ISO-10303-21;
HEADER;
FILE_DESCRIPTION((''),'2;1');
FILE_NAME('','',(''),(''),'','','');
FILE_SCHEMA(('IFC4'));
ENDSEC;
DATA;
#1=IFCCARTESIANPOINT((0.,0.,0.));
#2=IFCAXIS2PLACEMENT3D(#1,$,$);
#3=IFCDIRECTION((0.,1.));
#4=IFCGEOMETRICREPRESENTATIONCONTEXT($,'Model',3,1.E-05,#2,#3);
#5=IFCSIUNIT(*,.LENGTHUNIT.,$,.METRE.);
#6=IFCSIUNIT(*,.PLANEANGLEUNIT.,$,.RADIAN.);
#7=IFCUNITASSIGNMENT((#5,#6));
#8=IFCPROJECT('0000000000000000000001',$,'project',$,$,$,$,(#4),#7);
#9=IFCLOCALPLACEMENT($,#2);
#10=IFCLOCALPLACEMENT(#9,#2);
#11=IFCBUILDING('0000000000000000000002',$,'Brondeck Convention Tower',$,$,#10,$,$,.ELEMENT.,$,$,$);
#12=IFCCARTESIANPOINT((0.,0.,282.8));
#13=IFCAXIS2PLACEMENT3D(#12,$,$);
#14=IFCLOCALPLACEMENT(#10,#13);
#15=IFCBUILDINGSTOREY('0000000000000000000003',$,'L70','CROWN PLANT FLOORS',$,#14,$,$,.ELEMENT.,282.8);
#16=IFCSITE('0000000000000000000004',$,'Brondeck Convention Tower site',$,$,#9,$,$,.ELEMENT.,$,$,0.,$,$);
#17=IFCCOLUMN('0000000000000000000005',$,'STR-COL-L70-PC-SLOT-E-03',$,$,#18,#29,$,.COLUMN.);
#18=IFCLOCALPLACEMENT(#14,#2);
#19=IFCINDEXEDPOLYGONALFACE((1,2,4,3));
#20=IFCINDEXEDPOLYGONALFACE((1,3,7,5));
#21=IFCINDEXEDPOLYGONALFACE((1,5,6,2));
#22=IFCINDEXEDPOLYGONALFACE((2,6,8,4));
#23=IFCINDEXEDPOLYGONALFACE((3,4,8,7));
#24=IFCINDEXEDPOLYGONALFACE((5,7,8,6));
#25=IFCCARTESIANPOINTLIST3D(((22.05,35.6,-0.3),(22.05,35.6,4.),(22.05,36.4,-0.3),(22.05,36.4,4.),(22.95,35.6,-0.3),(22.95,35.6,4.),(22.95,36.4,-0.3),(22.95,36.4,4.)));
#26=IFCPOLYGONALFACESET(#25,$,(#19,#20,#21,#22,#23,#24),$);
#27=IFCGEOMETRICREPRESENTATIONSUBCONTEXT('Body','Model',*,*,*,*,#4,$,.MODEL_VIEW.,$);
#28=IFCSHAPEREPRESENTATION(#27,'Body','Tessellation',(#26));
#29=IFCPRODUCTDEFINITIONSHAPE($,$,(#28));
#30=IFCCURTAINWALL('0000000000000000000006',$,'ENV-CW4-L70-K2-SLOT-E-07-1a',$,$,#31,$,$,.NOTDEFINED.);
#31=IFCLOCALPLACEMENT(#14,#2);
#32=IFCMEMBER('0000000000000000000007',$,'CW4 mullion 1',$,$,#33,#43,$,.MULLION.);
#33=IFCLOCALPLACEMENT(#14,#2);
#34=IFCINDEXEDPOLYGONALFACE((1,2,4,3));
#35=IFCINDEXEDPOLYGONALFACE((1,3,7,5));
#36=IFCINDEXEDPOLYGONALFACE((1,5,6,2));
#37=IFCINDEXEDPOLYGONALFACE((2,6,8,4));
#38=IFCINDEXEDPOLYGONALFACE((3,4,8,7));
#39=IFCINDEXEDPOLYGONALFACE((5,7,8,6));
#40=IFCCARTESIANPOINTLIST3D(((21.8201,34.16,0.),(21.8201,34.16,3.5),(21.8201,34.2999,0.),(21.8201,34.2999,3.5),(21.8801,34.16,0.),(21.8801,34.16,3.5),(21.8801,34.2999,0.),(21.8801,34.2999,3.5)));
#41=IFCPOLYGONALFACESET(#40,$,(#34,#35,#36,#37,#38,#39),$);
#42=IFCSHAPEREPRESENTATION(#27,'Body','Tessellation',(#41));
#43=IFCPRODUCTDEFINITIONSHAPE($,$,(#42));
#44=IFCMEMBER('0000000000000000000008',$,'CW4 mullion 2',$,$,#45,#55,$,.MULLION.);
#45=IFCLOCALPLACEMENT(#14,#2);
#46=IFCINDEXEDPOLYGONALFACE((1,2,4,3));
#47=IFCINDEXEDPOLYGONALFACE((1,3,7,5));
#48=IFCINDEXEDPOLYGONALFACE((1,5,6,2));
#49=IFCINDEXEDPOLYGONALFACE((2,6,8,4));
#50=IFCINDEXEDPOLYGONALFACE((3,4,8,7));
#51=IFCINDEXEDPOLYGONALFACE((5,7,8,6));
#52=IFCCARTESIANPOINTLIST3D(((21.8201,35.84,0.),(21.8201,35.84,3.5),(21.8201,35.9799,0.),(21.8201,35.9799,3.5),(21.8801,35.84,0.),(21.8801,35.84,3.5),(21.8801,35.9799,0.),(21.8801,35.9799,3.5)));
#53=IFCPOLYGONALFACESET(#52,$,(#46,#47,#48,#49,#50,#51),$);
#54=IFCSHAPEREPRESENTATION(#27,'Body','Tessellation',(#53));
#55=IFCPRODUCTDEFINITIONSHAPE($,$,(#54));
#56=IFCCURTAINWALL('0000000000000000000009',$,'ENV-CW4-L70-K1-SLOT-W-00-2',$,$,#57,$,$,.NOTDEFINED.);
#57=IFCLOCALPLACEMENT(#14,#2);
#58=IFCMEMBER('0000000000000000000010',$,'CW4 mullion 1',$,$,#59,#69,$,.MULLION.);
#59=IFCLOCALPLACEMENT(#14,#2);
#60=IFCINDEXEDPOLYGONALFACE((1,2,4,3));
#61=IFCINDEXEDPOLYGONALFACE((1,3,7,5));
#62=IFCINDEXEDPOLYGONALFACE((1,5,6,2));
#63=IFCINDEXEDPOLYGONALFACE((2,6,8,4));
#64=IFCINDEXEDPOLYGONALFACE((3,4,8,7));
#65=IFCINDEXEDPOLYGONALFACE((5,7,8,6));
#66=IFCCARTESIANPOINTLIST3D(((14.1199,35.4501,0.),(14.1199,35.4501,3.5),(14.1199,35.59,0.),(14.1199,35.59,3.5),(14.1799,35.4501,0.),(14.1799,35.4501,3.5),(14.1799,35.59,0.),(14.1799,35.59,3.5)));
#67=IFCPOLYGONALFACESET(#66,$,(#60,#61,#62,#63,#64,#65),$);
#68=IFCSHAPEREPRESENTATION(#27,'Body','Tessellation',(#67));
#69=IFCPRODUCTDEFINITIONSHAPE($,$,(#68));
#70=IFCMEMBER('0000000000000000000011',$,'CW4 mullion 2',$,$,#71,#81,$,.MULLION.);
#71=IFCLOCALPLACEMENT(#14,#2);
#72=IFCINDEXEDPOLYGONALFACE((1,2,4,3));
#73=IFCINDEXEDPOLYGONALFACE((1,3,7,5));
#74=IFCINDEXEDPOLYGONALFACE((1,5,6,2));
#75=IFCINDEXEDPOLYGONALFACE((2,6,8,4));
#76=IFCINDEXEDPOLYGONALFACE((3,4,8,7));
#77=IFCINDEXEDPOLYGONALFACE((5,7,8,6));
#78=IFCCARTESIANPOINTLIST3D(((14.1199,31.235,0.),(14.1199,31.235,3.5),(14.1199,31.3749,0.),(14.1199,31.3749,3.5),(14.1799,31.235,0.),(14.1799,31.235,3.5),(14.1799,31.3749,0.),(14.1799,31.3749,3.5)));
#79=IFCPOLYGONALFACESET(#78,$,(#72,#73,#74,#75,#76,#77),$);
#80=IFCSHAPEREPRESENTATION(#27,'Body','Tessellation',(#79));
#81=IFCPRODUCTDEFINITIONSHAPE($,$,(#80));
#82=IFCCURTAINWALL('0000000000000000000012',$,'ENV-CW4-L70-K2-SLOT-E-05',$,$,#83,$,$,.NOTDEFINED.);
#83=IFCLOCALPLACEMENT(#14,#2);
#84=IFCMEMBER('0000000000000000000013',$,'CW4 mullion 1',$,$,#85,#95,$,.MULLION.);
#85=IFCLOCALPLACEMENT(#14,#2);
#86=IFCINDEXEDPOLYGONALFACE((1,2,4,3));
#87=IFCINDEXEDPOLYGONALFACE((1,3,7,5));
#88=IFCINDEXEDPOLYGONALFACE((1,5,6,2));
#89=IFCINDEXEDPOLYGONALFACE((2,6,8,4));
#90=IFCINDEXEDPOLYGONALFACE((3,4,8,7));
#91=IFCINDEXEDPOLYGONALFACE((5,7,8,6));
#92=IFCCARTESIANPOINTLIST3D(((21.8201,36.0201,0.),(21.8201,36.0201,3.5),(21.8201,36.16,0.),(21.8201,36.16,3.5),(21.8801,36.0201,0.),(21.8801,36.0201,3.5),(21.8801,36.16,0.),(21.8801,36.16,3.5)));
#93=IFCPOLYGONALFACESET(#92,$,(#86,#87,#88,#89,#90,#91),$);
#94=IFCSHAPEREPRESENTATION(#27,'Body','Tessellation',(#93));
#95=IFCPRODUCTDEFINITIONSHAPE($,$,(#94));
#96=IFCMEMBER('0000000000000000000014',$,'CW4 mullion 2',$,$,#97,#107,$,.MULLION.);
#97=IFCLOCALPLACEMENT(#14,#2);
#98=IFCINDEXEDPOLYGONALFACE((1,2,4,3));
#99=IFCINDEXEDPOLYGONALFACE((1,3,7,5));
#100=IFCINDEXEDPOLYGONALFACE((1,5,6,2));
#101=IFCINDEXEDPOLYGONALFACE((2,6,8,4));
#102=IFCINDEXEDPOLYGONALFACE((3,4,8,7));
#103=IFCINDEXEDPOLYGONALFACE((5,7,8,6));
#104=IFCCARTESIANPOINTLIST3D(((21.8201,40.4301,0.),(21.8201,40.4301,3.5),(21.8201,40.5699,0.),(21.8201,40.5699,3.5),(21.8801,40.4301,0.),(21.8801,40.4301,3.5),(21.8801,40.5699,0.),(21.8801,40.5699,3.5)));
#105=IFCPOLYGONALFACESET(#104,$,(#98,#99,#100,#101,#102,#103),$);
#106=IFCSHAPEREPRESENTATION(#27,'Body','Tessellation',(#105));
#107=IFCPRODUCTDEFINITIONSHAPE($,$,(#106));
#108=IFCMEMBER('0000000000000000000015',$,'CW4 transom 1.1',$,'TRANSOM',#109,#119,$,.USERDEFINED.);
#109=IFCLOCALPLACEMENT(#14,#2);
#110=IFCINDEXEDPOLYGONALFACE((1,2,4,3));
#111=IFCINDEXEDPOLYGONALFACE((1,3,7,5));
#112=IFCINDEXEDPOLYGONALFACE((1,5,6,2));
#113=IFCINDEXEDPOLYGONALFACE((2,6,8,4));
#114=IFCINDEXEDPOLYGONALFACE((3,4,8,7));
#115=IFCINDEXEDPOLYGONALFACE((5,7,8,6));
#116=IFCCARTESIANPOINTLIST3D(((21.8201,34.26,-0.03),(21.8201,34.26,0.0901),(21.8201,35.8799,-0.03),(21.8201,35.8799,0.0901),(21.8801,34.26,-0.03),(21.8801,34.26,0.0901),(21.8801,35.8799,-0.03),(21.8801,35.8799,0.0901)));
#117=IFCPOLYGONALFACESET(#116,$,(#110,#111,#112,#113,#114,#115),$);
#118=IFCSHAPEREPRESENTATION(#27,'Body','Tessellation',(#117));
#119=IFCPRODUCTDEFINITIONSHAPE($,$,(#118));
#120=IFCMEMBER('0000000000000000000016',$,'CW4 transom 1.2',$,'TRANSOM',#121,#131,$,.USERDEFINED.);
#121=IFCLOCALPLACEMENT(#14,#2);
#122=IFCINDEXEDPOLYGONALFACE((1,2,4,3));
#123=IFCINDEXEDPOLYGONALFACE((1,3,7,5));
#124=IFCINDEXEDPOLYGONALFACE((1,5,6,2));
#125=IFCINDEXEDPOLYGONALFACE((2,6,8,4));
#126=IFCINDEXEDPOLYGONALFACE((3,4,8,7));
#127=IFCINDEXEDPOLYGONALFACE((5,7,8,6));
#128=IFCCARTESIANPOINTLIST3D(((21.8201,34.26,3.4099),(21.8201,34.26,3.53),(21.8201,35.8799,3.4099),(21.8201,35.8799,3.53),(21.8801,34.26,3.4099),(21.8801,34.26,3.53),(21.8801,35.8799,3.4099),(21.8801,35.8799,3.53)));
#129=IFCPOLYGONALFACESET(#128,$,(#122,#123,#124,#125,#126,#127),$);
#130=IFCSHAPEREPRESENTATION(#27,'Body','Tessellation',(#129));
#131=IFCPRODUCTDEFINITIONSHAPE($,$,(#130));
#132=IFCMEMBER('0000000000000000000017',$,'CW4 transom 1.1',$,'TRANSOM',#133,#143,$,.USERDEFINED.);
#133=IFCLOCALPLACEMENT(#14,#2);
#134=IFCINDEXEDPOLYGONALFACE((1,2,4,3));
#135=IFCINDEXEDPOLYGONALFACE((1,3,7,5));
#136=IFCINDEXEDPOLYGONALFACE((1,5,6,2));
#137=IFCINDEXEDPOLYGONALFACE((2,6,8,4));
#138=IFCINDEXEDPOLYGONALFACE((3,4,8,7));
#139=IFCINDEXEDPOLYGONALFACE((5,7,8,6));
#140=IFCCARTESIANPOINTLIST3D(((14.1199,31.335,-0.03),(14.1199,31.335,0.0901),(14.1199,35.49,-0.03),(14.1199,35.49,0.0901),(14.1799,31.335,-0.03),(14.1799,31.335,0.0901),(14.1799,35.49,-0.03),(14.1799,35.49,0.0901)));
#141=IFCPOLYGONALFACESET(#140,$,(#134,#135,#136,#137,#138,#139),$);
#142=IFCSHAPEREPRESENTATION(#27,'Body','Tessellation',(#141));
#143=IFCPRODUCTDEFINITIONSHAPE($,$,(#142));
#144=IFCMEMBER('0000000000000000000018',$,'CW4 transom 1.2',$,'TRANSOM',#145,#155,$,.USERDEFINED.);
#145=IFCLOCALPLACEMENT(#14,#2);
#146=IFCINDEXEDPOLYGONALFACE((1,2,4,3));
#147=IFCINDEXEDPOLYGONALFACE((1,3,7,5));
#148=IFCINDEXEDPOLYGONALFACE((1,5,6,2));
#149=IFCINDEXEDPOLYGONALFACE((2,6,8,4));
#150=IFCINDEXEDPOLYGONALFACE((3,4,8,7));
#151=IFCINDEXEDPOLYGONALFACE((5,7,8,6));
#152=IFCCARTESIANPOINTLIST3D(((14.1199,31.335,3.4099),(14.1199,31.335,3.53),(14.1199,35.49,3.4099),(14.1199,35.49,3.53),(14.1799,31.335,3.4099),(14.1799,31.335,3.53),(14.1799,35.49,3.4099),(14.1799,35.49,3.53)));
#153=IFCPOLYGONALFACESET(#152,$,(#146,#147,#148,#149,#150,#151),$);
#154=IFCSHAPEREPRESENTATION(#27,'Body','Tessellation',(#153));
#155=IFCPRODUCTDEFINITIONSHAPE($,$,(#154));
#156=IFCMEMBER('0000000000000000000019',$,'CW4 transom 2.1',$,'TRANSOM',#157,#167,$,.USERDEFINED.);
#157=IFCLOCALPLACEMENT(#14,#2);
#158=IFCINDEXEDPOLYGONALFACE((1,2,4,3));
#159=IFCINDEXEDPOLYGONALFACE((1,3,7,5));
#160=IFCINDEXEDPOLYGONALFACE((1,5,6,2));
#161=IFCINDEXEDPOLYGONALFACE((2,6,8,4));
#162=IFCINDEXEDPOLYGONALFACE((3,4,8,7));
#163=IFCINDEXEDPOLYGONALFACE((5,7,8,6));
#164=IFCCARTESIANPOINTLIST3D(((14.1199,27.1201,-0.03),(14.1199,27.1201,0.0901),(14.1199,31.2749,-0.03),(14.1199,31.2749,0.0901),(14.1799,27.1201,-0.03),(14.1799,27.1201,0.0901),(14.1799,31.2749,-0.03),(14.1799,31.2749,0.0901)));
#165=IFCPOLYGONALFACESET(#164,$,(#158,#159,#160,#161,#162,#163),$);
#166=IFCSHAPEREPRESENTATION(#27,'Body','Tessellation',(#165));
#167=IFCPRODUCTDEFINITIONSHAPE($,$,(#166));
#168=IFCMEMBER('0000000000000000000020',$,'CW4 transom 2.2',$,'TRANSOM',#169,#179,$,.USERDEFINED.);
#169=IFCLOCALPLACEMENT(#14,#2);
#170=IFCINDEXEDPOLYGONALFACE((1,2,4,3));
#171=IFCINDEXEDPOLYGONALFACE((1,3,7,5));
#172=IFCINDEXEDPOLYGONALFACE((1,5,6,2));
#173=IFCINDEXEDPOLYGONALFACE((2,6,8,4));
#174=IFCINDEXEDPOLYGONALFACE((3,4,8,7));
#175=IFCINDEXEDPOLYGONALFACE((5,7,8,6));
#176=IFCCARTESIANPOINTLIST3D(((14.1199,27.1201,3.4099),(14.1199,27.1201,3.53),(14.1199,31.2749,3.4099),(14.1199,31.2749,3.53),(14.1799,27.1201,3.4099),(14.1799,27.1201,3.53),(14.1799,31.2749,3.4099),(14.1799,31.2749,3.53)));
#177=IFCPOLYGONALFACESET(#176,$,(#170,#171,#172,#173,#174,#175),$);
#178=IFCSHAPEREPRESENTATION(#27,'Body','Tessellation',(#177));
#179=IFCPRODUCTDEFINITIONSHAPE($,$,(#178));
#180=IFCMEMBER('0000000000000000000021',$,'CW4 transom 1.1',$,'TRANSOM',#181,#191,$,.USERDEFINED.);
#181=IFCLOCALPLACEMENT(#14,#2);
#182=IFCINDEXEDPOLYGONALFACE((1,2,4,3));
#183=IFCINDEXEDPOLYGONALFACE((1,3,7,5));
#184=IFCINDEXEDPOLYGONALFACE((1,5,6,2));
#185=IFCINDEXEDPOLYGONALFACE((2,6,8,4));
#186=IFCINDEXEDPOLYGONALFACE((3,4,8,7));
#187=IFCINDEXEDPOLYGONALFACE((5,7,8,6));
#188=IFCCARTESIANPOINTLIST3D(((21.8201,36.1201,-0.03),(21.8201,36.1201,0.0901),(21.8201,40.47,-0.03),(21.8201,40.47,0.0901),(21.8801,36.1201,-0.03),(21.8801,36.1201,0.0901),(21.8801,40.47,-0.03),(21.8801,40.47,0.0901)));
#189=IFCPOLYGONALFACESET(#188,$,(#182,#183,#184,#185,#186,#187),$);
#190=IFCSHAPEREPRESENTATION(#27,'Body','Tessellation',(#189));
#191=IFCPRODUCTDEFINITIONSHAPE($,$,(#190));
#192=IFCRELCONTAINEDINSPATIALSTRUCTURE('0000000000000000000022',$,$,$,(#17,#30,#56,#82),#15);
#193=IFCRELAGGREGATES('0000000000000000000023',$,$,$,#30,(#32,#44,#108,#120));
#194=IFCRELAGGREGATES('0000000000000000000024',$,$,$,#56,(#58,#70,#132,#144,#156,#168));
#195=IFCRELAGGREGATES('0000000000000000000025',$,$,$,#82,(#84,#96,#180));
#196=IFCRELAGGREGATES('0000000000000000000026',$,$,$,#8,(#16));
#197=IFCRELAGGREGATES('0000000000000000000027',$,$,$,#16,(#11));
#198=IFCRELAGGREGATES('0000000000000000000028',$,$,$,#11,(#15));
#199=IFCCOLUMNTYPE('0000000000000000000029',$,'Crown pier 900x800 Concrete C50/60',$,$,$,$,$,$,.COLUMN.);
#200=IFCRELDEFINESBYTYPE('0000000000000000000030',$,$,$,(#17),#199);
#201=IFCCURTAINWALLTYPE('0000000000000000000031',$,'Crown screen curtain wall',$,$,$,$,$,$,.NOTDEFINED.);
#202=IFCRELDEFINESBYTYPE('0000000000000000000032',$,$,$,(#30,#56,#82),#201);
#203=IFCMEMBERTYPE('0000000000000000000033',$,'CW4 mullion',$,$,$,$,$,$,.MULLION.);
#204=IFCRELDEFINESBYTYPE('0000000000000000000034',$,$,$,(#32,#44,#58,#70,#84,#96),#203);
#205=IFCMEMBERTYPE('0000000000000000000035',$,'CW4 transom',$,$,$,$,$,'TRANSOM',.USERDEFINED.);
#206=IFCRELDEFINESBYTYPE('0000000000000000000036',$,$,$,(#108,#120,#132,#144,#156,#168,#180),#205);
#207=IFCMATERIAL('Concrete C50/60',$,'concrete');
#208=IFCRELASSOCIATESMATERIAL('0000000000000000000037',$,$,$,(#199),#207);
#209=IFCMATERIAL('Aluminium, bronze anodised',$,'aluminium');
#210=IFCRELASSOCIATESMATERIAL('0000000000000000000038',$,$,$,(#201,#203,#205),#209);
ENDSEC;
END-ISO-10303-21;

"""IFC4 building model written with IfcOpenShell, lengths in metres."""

from ifc_helpers import new_model, si_unit, direction, frame, origin, origin_2d, place, context, subcontext, project, spatial, rectangle, extrude, material, material_profile, profile_set, type_object, element, aggregate, save


model = new_model("IFC4")

# Units and contexts
model_context = context("Model", 3, precision=1e-05, world=origin(), true_north=direction((0.0, 1.0)))
body_context = subcontext(model_context, "Body", "Model", "MODEL_VIEW")
ifc_project = project(units=[si_unit("LENGTHUNIT", "METRE"), si_unit("PLANEANGLEUNIT", "RADIAN")], contexts=[model_context])

# Site, building, storey
site_placement = place(None, origin())
site = spatial("IfcSite", under=ifc_project, at=site_placement, Name="Brondeck Convention Tower site", CompositionType="ELEMENT", RefElevation=0.0)
building_placement = place(site_placement, origin())
building = spatial("IfcBuilding", under=site, at=building_placement, Name="Brondeck Convention Tower", CompositionType="ELEMENT")
storey_placement = place(building_placement, frame((0.0, 0.0, 282.8)))
storey = spatial("IfcBuildingStorey", under=building, at=storey_placement, Name="L70", Description="CROWN PLANT FLOORS", CompositionType="ELEMENT", Elevation=282.8)

# Column
ifc_material_1 = material(Name="Concrete C50/60", Category="concrete")
ifc_material_profile_1 = material_profile(ifc_material_1, rectangle(XDim=0.8999, YDim=0.8, at=origin_2d()), Name="Crown pier 900x800 Concrete C50/60")
ifc_profile_set_1 = profile_set([ifc_material_profile_1], Name="Concrete C50/60")
column_type = type_object("IfcColumnType", Name="Crown pier 900x800 Concrete C50/60", PredefinedType="COLUMN", material=ifc_profile_set_1)
column_placement = place(storey_placement, frame((22.5, 36.0, -0.3), z_axis=(0.0, 0.0, 1.0), x_axis=(1.0, 0.0, 0.0)))
element("IfcColumn", 1, at=column_placement, inside=storey, type_object=column_type, Name="STR-COL-L70-PC-SLOT-E-03", PredefinedType="COLUMN", context=body_context, shape_type="SweptSolid", body=[
    extrude(rectangle(XDim=0.8999, YDim=0.8, at=origin_2d()), origin(), (0.0, 0.0, 1.0), 4.3),
])

# Curtain walls, members
ifc_material_2 = material(Name="Aluminium, bronze anodised", Category="aluminium")
curtain_wall_type = type_object("IfcCurtainWallType", Name="Crown screen curtain wall", PredefinedType="NOTDEFINED", material=ifc_material_2)
curtain_wall_1_placement = place(storey_placement, origin())
curtain_wall_1 = element("IfcCurtainWall", 2, at=curtain_wall_1_placement, inside=storey, type_object=curtain_wall_type, Name="ENV-CW4-L70-K2-SLOT-E-07-1a", PredefinedType="NOTDEFINED")
ifc_material_profile_2 = material_profile(ifc_material_2, rectangle(XDim=0.0601, YDim=0.1399, at=origin_2d()), Name="CW4 mullion")
ifc_profile_set_2 = profile_set([ifc_material_profile_2], Name="Aluminium, bronze anodised")
member_type_1 = type_object("IfcMemberType", Name="CW4 mullion", PredefinedType="MULLION", material=ifc_profile_set_2)
member_1_placement = place(storey_placement, frame((21.8501, 34.23, 0.0), z_axis=(0.0, 0.0, 1.0), x_axis=(-1.0, 0.0, 0.0)))
member_1 = element("IfcMember", 3, at=member_1_placement, type_object=member_type_1, Name="CW4 mullion 1", PredefinedType="MULLION", context=body_context, shape_type="SweptSolid", body=[
    extrude(rectangle(XDim=0.0601, YDim=0.1399, at=origin_2d()), origin(), (0.0, 0.0, 1.0), 3.5),
])
member_2_placement = place(storey_placement, frame((21.8501, 35.9099, 0.0), z_axis=(0.0, 0.0, 1.0), x_axis=(-1.0, 0.0, 0.0)))
member_2 = element("IfcMember", 4, at=member_2_placement, type_object=member_type_1, Name="CW4 mullion 2", PredefinedType="MULLION", context=body_context, shape_type="SweptSolid", body=[
    extrude(rectangle(XDim=0.0601, YDim=0.1399, at=origin_2d()), origin(), (0.0, 0.0, 1.0), 3.5),
])
curtain_wall_2_placement = place(storey_placement, origin())
curtain_wall_2 = element("IfcCurtainWall", 5, at=curtain_wall_2_placement, inside=storey, type_object=curtain_wall_type, Name="ENV-CW4-L70-K1-SLOT-W-00-2", PredefinedType="NOTDEFINED")
member_3_placement = place(storey_placement, frame((14.1499, 35.52, 0.0), z_axis=(0.0, 0.0, 1.0), x_axis=(1.0, 0.0, 0.0)))
member_3 = element("IfcMember", 6, at=member_3_placement, type_object=member_type_1, Name="CW4 mullion 1", PredefinedType="MULLION", context=body_context, shape_type="SweptSolid", body=[
    extrude(rectangle(XDim=0.0601, YDim=0.1399, at=origin_2d()), origin(), (0.0, 0.0, 1.0), 3.5),
])
member_4_placement = place(storey_placement, frame((14.1499, 31.3049, 0.0), z_axis=(0.0, 0.0, 1.0), x_axis=(1.0, 0.0, 0.0)))
member_4 = element("IfcMember", 7, at=member_4_placement, type_object=member_type_1, Name="CW4 mullion 2", PredefinedType="MULLION", context=body_context, shape_type="SweptSolid", body=[
    extrude(rectangle(XDim=0.0601, YDim=0.1399, at=origin_2d()), origin(), (0.0, 0.0, 1.0), 3.5),
])
curtain_wall_3_placement = place(storey_placement, origin())
curtain_wall_3 = element("IfcCurtainWall", 8, at=curtain_wall_3_placement, inside=storey, type_object=curtain_wall_type, Name="ENV-CW4-L70-K2-SLOT-E-05", PredefinedType="NOTDEFINED")
member_5_placement = place(storey_placement, frame((21.8501, 36.0901, 0.0), z_axis=(0.0, 0.0, 1.0), x_axis=(-1.0, 0.0, 0.0)))
member_5 = element("IfcMember", 9, at=member_5_placement, type_object=member_type_1, Name="CW4 mullion 1", PredefinedType="MULLION", context=body_context, shape_type="SweptSolid", body=[
    extrude(rectangle(XDim=0.0601, YDim=0.1399, at=origin_2d()), origin(), (0.0, 0.0, 1.0), 3.5),
])
member_6_placement = place(storey_placement, frame((21.8501, 40.5, 0.0), z_axis=(0.0, 0.0, 1.0), x_axis=(-1.0, 0.0, 0.0)))
member_6 = element("IfcMember", 10, at=member_6_placement, type_object=member_type_1, Name="CW4 mullion 2", PredefinedType="MULLION", context=body_context, shape_type="SweptSolid", body=[
    extrude(rectangle(XDim=0.0601, YDim=0.1399, at=origin_2d()), origin(), (0.0, 0.0, 1.0), 3.5),
])

# Members
ifc_material_profile_3 = material_profile(ifc_material_2, rectangle(XDim=0.0601, YDim=0.1201, at=origin_2d()), Name="CW4 transom")
ifc_profile_set_3 = profile_set([ifc_material_profile_3], Name="Aluminium, bronze anodised")
member_type_2 = type_object("IfcMemberType", Name="CW4 transom", ElementType="TRANSOM", PredefinedType="USERDEFINED", material=ifc_profile_set_3)
member_7_placement = place(storey_placement, frame((21.8501, 34.26, 0.03), z_axis=(0.0, 1.0, 0.0), x_axis=(-1.0, 0.0, 0.0)))
member_7 = element("IfcMember", 11, at=member_7_placement, type_object=member_type_2, Name="CW4 transom 1.1", ObjectType="TRANSOM", PredefinedType="USERDEFINED", context=body_context, shape_type="SweptSolid", body=[
    extrude(rectangle(XDim=0.0601, YDim=0.1201, at=origin_2d()), origin(), (0.0, 0.0, 1.0), 1.6199),
])
member_8_placement = place(storey_placement, frame((21.8501, 34.26, 3.47), z_axis=(0.0, 1.0, 0.0), x_axis=(-1.0, 0.0, 0.0)))
member_8 = element("IfcMember", 12, at=member_8_placement, type_object=member_type_2, Name="CW4 transom 1.2", ObjectType="TRANSOM", PredefinedType="USERDEFINED", context=body_context, shape_type="SweptSolid", body=[
    extrude(rectangle(XDim=0.0601, YDim=0.1201, at=origin_2d()), origin(), (0.0, 0.0, 1.0), 1.6199),
])
member_9_placement = place(storey_placement, frame((14.1499, 35.49, 0.03), z_axis=(0.0, -1.0, 0.0), x_axis=(1.0, 0.0, 0.0)))
member_9 = element("IfcMember", 13, at=member_9_placement, type_object=member_type_2, Name="CW4 transom 1.1", ObjectType="TRANSOM", PredefinedType="USERDEFINED", context=body_context, shape_type="SweptSolid", body=[
    extrude(rectangle(XDim=0.0601, YDim=0.1201, at=origin_2d()), origin(), (0.0, 0.0, 1.0), 4.155),
])
member_10_placement = place(storey_placement, frame((14.1499, 35.49, 3.47), z_axis=(0.0, -1.0, 0.0), x_axis=(1.0, 0.0, 0.0)))
member_10 = element("IfcMember", 14, at=member_10_placement, type_object=member_type_2, Name="CW4 transom 1.2", ObjectType="TRANSOM", PredefinedType="USERDEFINED", context=body_context, shape_type="SweptSolid", body=[
    extrude(rectangle(XDim=0.0601, YDim=0.1201, at=origin_2d()), origin(), (0.0, 0.0, 1.0), 4.155),
])
member_11_placement = place(storey_placement, frame((14.1499, 31.2749, 0.03), z_axis=(0.0, -1.0, 0.0), x_axis=(1.0, 0.0, 0.0)))
member_11 = element("IfcMember", 15, at=member_11_placement, type_object=member_type_2, Name="CW4 transom 2.1", ObjectType="TRANSOM", PredefinedType="USERDEFINED", context=body_context, shape_type="SweptSolid", body=[
    extrude(rectangle(XDim=0.0601, YDim=0.1201, at=origin_2d()), origin(), (0.0, 0.0, 1.0), 4.1548),
])
member_12_placement = place(storey_placement, frame((14.1499, 31.2749, 3.47), z_axis=(0.0, -1.0, 0.0), x_axis=(1.0, 0.0, 0.0)))
member_12 = element("IfcMember", 16, at=member_12_placement, type_object=member_type_2, Name="CW4 transom 2.2", ObjectType="TRANSOM", PredefinedType="USERDEFINED", context=body_context, shape_type="SweptSolid", body=[
    extrude(rectangle(XDim=0.0601, YDim=0.1201, at=origin_2d()), origin(), (0.0, 0.0, 1.0), 4.1548),
])
member_13_placement = place(storey_placement, frame((21.8501, 36.1201, 0.03), z_axis=(0.0, 1.0, 0.0), x_axis=(-1.0, 0.0, 0.0)))
member_13 = element("IfcMember", 17, at=member_13_placement, type_object=member_type_2, Name="CW4 transom 1.1", ObjectType="TRANSOM", PredefinedType="USERDEFINED", context=body_context, shape_type="SweptSolid", body=[
    extrude(rectangle(XDim=0.0601, YDim=0.1201, at=origin_2d()), origin(), (0.0, 0.0, 1.0), 4.3499),
])

aggregate(curtain_wall_1, [member_1, member_2, member_7, member_8])
aggregate(curtain_wall_2, [member_3, member_4, member_9, member_10, member_11, member_12])
aggregate(curtain_wall_3, [member_5, member_6, member_13])

save(model, "model.ifc")
